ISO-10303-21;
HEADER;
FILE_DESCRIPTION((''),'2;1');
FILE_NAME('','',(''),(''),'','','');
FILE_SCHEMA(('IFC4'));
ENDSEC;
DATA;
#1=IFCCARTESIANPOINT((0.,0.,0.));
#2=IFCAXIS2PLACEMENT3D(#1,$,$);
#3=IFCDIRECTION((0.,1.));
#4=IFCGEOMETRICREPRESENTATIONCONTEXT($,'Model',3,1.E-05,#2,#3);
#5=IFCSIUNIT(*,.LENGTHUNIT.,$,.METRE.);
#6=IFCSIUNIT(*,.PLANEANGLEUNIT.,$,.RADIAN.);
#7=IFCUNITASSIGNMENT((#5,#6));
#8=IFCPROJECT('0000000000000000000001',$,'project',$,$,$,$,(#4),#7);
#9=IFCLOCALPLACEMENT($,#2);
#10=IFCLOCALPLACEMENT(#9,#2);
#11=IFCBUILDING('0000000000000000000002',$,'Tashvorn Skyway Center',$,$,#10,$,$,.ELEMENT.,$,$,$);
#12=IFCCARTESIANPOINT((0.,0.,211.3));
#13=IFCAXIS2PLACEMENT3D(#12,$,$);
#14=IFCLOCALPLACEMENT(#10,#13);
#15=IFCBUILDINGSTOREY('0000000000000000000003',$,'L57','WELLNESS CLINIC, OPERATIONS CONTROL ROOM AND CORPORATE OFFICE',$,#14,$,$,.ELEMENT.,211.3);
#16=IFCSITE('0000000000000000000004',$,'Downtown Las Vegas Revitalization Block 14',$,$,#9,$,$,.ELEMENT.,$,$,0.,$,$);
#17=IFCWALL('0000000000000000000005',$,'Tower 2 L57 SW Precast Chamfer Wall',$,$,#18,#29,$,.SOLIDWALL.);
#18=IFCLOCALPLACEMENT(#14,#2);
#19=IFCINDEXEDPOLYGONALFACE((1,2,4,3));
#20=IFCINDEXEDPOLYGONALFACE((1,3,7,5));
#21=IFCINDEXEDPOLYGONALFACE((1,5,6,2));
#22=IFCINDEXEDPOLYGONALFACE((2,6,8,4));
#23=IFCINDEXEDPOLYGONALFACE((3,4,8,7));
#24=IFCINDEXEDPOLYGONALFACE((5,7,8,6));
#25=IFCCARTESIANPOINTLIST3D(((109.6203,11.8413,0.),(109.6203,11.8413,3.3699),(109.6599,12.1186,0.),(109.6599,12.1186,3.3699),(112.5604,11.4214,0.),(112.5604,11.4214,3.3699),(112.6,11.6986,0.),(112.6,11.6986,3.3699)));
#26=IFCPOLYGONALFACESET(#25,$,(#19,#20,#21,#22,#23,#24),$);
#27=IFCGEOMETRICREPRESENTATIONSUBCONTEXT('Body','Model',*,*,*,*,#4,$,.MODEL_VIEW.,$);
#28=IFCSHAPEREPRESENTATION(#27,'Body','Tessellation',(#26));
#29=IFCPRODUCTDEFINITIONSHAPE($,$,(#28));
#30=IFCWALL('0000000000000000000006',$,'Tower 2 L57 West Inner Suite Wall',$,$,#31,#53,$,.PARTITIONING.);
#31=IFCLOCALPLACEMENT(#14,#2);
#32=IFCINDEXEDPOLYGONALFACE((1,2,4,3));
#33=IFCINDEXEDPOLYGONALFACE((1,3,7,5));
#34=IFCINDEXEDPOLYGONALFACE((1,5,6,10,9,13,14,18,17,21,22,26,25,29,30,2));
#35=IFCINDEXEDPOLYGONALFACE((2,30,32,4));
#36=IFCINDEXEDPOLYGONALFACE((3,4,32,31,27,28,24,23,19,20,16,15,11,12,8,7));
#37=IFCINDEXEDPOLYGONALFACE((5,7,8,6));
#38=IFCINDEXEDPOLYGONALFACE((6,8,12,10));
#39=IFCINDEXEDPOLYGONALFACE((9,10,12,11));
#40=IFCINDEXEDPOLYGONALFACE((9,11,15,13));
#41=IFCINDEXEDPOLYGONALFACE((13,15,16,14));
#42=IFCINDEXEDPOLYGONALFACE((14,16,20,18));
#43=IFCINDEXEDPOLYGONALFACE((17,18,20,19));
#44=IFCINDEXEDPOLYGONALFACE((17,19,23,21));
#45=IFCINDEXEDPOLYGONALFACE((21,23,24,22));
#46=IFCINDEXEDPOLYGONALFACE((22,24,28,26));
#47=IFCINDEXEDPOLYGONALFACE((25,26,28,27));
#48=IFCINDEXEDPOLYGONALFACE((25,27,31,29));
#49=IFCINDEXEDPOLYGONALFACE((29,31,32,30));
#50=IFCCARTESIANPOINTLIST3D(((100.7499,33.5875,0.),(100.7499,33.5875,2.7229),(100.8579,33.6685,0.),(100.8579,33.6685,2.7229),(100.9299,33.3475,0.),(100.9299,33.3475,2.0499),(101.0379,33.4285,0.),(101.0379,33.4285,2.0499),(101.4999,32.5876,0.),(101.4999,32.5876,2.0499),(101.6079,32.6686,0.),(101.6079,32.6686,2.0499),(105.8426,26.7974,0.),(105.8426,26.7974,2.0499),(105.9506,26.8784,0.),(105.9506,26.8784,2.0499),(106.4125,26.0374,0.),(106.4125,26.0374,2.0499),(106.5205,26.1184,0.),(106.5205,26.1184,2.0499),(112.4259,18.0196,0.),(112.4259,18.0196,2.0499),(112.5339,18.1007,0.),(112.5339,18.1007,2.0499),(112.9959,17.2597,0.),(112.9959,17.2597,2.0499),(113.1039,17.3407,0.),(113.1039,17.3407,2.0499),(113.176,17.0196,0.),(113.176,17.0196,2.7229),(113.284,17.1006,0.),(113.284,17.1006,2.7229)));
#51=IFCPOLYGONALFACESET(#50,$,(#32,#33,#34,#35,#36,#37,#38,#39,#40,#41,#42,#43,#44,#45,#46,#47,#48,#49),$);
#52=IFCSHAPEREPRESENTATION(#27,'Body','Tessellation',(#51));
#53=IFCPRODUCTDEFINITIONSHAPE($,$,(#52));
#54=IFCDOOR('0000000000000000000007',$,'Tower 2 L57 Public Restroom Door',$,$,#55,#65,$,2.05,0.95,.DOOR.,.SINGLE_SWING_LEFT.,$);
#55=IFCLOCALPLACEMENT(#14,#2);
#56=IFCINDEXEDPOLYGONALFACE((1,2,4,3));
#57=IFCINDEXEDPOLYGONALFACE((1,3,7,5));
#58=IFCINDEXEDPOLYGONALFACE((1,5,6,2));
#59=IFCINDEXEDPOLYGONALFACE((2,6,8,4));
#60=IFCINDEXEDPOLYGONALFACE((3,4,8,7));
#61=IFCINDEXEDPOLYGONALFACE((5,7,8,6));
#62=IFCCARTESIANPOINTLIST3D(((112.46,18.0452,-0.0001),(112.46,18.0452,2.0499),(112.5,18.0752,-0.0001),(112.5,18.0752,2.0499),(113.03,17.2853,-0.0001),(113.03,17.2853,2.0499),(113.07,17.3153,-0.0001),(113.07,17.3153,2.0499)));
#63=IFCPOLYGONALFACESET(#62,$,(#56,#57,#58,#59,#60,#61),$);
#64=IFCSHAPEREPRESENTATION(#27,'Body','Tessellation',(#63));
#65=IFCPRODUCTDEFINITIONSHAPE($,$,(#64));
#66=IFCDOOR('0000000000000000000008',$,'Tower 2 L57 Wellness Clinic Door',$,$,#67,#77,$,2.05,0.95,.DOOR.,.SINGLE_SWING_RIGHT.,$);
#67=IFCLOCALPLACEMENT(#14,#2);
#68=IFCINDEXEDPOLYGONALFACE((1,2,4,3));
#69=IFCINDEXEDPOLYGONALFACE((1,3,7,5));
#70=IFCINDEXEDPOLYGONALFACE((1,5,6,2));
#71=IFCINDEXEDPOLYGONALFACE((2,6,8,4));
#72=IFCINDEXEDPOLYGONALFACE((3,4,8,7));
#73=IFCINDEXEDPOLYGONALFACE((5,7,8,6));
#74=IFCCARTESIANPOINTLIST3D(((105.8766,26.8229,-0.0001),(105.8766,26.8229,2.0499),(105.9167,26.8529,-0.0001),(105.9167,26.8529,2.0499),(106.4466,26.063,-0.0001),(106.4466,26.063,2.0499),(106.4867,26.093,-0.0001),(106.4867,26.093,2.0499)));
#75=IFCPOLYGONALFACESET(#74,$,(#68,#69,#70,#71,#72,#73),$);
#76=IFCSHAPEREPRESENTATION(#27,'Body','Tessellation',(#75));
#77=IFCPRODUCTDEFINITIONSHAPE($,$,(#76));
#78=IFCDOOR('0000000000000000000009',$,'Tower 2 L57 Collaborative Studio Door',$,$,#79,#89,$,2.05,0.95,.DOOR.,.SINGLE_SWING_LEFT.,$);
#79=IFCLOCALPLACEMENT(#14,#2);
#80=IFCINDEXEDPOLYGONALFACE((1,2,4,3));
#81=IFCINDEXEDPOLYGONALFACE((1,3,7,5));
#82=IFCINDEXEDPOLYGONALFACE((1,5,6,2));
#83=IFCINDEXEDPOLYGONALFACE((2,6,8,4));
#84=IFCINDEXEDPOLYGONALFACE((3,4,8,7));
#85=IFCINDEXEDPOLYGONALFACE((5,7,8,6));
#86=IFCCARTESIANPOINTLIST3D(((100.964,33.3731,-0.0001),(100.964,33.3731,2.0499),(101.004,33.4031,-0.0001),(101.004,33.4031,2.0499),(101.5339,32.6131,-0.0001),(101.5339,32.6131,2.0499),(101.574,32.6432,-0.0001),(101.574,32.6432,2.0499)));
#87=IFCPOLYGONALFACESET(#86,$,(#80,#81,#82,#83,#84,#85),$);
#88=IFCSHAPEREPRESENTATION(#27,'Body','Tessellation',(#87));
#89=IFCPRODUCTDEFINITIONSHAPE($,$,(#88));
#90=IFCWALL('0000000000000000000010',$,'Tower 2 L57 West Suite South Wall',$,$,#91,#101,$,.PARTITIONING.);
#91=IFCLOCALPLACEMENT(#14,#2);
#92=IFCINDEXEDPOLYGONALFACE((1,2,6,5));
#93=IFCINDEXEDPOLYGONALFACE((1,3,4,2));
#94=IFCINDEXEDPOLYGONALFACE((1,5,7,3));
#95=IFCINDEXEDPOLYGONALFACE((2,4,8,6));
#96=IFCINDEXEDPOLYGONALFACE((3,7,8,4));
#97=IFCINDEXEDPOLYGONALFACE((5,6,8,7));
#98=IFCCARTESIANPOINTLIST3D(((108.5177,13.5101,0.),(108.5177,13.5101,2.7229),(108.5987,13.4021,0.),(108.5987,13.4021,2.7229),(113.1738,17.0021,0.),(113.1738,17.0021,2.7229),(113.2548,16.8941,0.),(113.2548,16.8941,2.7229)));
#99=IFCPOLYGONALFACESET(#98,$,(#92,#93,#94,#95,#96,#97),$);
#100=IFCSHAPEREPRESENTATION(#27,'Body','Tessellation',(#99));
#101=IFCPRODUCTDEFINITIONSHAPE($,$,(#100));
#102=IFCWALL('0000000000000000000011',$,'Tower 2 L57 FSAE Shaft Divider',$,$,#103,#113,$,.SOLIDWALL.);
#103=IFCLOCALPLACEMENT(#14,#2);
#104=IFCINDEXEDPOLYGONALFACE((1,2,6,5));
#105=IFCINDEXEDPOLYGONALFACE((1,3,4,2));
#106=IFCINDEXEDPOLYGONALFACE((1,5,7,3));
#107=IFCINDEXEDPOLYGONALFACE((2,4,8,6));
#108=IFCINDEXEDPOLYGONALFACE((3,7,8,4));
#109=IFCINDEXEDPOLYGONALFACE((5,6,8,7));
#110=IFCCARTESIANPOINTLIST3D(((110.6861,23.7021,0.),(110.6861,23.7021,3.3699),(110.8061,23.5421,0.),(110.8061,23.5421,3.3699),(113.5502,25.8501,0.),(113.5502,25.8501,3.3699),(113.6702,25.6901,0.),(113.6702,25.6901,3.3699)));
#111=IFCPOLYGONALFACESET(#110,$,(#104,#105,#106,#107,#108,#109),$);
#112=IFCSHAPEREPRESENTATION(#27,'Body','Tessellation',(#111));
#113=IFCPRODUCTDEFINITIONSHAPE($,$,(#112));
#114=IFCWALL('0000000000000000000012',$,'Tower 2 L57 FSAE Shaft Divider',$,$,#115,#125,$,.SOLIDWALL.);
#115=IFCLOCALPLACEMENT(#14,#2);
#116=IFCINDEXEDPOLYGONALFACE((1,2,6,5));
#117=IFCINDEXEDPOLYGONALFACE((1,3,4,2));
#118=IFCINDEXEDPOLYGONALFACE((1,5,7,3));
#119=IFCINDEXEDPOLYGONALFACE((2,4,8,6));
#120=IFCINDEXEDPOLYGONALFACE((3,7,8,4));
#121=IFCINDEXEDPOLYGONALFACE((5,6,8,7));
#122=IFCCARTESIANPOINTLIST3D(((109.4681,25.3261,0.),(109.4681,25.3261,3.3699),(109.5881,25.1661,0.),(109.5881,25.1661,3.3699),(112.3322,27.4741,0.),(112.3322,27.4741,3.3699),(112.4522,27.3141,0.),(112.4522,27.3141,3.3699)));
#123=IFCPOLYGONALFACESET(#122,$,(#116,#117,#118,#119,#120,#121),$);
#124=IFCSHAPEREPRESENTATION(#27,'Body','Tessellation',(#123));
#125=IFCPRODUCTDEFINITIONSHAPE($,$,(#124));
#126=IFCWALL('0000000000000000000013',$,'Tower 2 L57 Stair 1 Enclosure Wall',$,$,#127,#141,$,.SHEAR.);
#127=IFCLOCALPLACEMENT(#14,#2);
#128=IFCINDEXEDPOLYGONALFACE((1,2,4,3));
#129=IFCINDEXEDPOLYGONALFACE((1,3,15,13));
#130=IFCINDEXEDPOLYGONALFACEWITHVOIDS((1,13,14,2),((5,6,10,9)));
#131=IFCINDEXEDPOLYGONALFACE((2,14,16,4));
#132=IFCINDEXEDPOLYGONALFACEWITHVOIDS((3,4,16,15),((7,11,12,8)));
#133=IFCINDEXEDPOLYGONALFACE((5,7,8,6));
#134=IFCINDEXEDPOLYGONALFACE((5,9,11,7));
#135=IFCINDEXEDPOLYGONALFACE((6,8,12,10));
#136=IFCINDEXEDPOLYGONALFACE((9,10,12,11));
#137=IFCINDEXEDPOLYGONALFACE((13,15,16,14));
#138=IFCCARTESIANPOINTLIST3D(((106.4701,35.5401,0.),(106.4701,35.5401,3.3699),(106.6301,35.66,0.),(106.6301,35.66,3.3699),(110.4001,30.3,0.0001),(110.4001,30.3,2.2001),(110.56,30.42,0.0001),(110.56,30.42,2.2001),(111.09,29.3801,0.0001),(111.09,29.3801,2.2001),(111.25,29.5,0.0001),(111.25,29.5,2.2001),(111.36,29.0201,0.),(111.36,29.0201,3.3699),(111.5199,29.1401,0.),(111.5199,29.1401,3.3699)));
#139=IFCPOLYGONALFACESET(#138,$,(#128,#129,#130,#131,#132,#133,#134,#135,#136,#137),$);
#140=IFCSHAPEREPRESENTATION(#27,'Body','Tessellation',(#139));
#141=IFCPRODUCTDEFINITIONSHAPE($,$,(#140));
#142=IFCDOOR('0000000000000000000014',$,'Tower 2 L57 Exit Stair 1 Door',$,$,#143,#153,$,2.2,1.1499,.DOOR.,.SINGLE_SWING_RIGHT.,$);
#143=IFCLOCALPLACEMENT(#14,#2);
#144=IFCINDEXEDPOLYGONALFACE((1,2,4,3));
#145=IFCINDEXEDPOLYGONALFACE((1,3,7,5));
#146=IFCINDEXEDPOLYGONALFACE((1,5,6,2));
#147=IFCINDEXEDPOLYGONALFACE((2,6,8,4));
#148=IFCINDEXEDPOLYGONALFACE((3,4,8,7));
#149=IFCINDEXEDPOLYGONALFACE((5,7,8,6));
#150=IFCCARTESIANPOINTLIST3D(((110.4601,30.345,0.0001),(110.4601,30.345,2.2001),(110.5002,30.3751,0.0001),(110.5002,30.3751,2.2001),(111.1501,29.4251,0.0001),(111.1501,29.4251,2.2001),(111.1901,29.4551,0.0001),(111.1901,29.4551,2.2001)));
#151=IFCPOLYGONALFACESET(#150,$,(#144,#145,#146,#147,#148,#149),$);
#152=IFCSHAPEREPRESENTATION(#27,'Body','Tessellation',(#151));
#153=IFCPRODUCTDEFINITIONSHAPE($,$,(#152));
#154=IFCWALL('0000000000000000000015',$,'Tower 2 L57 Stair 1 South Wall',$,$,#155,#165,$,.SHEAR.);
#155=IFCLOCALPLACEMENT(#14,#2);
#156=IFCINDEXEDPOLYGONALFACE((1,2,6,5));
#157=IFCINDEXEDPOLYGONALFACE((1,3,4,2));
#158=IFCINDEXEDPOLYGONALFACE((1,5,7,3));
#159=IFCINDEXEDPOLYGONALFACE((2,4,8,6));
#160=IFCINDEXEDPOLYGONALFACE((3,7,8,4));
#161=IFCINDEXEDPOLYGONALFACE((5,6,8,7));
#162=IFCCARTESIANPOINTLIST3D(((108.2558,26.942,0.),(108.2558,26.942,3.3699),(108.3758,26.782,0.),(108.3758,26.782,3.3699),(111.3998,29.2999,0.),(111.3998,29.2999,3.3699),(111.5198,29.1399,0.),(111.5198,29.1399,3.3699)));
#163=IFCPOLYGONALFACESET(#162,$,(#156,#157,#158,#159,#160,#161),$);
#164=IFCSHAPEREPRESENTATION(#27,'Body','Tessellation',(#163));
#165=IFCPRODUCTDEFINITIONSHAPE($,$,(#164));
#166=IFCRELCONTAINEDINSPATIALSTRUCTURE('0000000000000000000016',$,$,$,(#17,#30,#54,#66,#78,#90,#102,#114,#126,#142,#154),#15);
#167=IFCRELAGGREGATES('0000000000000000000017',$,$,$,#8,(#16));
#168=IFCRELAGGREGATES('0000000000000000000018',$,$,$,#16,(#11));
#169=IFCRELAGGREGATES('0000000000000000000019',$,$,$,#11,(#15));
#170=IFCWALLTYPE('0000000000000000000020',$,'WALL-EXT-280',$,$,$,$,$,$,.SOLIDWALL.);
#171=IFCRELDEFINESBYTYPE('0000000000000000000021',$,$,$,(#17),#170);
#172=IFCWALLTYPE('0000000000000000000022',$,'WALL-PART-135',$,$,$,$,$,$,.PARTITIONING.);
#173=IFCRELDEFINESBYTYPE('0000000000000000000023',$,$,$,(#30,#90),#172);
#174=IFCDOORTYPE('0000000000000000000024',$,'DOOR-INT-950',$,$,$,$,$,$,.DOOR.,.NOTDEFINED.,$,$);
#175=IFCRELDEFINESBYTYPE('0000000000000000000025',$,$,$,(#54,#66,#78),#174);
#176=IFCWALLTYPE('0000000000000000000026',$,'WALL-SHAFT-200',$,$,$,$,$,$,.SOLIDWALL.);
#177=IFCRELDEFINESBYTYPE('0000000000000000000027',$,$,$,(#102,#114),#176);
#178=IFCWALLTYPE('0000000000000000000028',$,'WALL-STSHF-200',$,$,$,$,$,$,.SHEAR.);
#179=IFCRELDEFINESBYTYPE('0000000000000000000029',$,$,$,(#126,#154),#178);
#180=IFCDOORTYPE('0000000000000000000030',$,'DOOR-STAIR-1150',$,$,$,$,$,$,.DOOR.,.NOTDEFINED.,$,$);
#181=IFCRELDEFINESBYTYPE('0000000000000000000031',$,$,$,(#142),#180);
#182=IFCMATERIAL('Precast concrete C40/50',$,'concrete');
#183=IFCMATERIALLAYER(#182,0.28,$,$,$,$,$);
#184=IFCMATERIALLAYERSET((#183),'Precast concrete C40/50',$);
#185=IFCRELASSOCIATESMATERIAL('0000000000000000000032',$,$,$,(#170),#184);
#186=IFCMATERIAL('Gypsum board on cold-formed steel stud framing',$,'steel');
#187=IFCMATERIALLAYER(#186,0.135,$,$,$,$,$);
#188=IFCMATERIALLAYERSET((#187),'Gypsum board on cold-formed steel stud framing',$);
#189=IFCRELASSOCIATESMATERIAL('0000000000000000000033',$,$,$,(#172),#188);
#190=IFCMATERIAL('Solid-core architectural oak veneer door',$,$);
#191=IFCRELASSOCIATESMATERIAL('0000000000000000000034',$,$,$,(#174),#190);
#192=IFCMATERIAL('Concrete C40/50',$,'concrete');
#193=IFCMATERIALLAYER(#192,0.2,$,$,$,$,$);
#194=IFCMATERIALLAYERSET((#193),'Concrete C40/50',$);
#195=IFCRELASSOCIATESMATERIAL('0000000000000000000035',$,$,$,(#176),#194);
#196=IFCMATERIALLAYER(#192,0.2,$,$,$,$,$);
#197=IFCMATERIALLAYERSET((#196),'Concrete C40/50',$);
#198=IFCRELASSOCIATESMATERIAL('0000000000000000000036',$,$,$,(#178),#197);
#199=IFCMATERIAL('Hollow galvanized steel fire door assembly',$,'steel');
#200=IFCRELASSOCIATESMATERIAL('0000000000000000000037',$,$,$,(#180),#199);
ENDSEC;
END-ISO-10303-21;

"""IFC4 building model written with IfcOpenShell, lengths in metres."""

from ifc_helpers import new_model, si_unit, direction, frame, frame_2d, origin, place, context, subcontext, project, spatial, rectangle, extrude, material, layer, layer_set, type_object, element, fill, save


model = new_model("IFC4")

# Units and contexts
model_context = context("Model", 3, precision=1e-05, world=origin(), true_north=direction((0.0, 1.0)))
body_context = subcontext(model_context, "Body", "Model", "MODEL_VIEW")
ifc_project = project(units=[si_unit("LENGTHUNIT", "METRE"), si_unit("PLANEANGLEUNIT", "RADIAN")], contexts=[model_context])

# Site, building, storey
site_placement = place(None, origin())
site = spatial("IfcSite", under=ifc_project, at=site_placement, Name="Downtown Las Vegas Revitalization Block 14", CompositionType="ELEMENT", RefElevation=0.0)
building_placement = place(site_placement, origin())
building = spatial("IfcBuilding", under=site, at=building_placement, Name="Tashvorn Skyway Center", CompositionType="ELEMENT")
storey_placement = place(building_placement, frame((0.0, 0.0, 211.3)))
storey = spatial("IfcBuildingStorey", under=building, at=storey_placement, Name="L57", Description="WELLNESS CLINIC, OPERATIONS CONTROL ROOM AND CORPORATE OFFICE", CompositionType="ELEMENT", Elevation=211.3)

# Wall
ifc_material_1 = material(Name="Precast concrete C40/50", Category="concrete")
ifc_layer_1 = layer(ifc_material_1, 0.28)
ifc_layer_set_1 = layer_set([ifc_layer_1], Name="Precast concrete C40/50")
wall_type_1 = type_object("IfcWallType", Name="WALL-EXT-280", PredefinedType="SOLIDWALL", material=ifc_layer_set_1)
wall_1_placement = place(storey_placement, frame((112.5801, 11.5601, 0.0), z_axis=(0.0, 0.0, 1.0), x_axis=(-0.989954, 0.141387, 0.0)))
element("IfcWall", 1, at=wall_1_placement, inside=storey, type_object=wall_type_1, Name="Tower 2 L57 SW Precast Chamfer Wall", PredefinedType="SOLIDWALL", context=body_context, shape_type="SweptSolid", body=[
    extrude(rectangle(XDim=2.97, YDim=0.28, at=frame_2d((1.4849, 0.0))), origin(), (0.0, 0.0, 1.0), 3.3699),
])

# Wall, openings, doors
ifc_material_2 = material(Name="Gypsum board on cold-formed steel stud framing", Category="steel")
ifc_layer_2 = layer(ifc_material_2, 0.135)
ifc_layer_set_2 = layer_set([ifc_layer_2], Name="Gypsum board on cold-formed steel stud framing")
wall_type_2 = type_object("IfcWallType", Name="WALL-PART-135", PredefinedType="PARTITIONING", material=ifc_layer_set_2)
wall_2_placement = place(storey_placement, frame((113.23, 17.0601, 0.0), z_axis=(0.0, 0.0, 1.0), x_axis=(-0.600004, 0.799997, 0.0)))
wall_2 = element("IfcWall", 2, at=wall_2_placement, inside=storey, type_object=wall_type_2, Name="Tower 2 L57 West Inner Suite Wall", PredefinedType="PARTITIONING", context=body_context, shape_type="SweptSolid", body=[
    extrude(rectangle(XDim=20.71, YDim=0.135, at=frame_2d((10.355, 0.0))), origin(), (0.0, 0.0, 1.0), 2.7229),
])
opening_1_placement = place(wall_2_placement, frame((0.3, 0.0, 0.0)))
opening_1 = element("IfcOpeningElement", 3, at=opening_1_placement, cuts=wall_2, PredefinedType="OPENING", context=body_context, shape_type="SweptSolid", body=[
    extrude(rectangle(XDim=0.95, YDim=2.05, at=frame_2d((0.4751, 1.0249))), frame((0.0, 0.0774, 0.0), z_axis=(0.0, -1.0, 0.0), x_axis=(1.0, 0.0, 0.0)), (0.0, 0.0, 1.0), 0.155),
])
opening_2_placement = place(wall_2_placement, frame((11.2722, 0.0, 0.0)))
opening_2 = element("IfcOpeningElement", 4, at=opening_2_placement, cuts=wall_2, PredefinedType="OPENING", context=body_context, shape_type="SweptSolid", body=[
    extrude(rectangle(XDim=0.95, YDim=2.05, at=frame_2d((0.4751, 1.0249))), frame((0.0, 0.0774, 0.0), z_axis=(0.0, -1.0, 0.0), x_axis=(1.0, 0.0, 0.0)), (0.0, 0.0, 1.0), 0.155),
])
opening_3_placement = place(wall_2_placement, frame((19.46, 0.0, 0.0)))
opening_3 = element("IfcOpeningElement", 5, at=opening_3_placement, cuts=wall_2, PredefinedType="OPENING", context=body_context, shape_type="SweptSolid", body=[
    extrude(rectangle(XDim=0.95, YDim=2.05, at=frame_2d((0.4751, 1.0249))), frame((0.0, 0.0774, 0.0), z_axis=(0.0, -1.0, 0.0), x_axis=(1.0, 0.0, 0.0)), (0.0, 0.0, 1.0), 0.155),
])
ifc_material_3 = material(Name="Solid-core architectural oak veneer door")
door_type_1 = type_object("IfcDoorType", Name="DOOR-INT-950", OperationType="NOTDEFINED", PredefinedType="DOOR", material=ifc_material_3)
door_1_placement = place(opening_1_placement, origin())
door_1 = element("IfcDoor", 6, at=door_1_placement, inside=storey, type_object=door_type_1, Name="Tower 2 L57 Public Restroom Door", OperationType="SINGLE_SWING_LEFT", OverallHeight=2.05, OverallWidth=0.95, PredefinedType="DOOR", context=body_context, shape_type="SweptSolid", body=[
    extrude(rectangle(XDim=0.95, YDim=2.05, at=frame_2d((0.4751, 1.0249))), frame((0.0, 0.0249, 0.0), z_axis=(0.0, -1.0, 0.0), x_axis=(1.0, 0.0, 0.0)), (0.0, 0.0, 1.0), 0.05),
])
fill(opening_1, door_1)
door_2_placement = place(opening_2_placement, origin())
door_2 = element("IfcDoor", 7, at=door_2_placement, inside=storey, type_object=door_type_1, Name="Tower 2 L57 Wellness Clinic Door", OperationType="SINGLE_SWING_RIGHT", OverallHeight=2.05, OverallWidth=0.95, PredefinedType="DOOR", context=body_context, shape_type="SweptSolid", body=[
    extrude(rectangle(XDim=0.95, YDim=2.05, at=frame_2d((0.4751, 1.0249))), frame((0.0, 0.0249, 0.0), z_axis=(0.0, -1.0, 0.0), x_axis=(1.0, 0.0, 0.0)), (0.0, 0.0, 1.0), 0.05),
])
fill(opening_2, door_2)
door_3_placement = place(opening_3_placement, origin())
door_3 = element("IfcDoor", 8, at=door_3_placement, inside=storey, type_object=door_type_1, Name="Tower 2 L57 Collaborative Studio Door", OperationType="SINGLE_SWING_LEFT", OverallHeight=2.05, OverallWidth=0.95, PredefinedType="DOOR", context=body_context, shape_type="SweptSolid", body=[
    extrude(rectangle(XDim=0.95, YDim=2.05, at=frame_2d((0.4751, 1.0249))), frame((0.0, 0.0249, 0.0), z_axis=(0.0, -1.0, 0.0), x_axis=(1.0, 0.0, 0.0)), (0.0, 0.0, 1.0), 0.05),
])
fill(opening_3, door_3)

# Walls
wall_3_placement = place(storey_placement, frame((108.5581, 13.4561, 0.0), z_axis=(0.0, 0.0, 1.0), x_axis=(0.800005, 0.599993, 0.0)))
element("IfcWall", 9, at=wall_3_placement, inside=storey, type_object=wall_type_2, Name="Tower 2 L57 West Suite South Wall", PredefinedType="PARTITIONING", context=body_context, shape_type="SweptSolid", body=[
    extrude(rectangle(XDim=5.8201, YDim=0.135, at=frame_2d((2.9102, 0.0))), origin(), (0.0, 0.0, 1.0), 2.7229),
])
ifc_material_4 = material(Name="Concrete C40/50", Category="concrete")
ifc_layer_3 = layer(ifc_material_4, 0.2)
ifc_layer_set_3 = layer_set([ifc_layer_3], Name="Concrete C40/50")
wall_type_3 = type_object("IfcWallType", Name="WALL-SHAFT-200", PredefinedType="SOLIDWALL", material=ifc_layer_set_3)
for number, where, z_axis, x_axis, name in (
    (10, (110.7461, 23.6221, 0.0), (0.0, 0.0, 1.0), (0.800008, 0.599989, 0.0), "Tower 2 L57 FSAE Shaft Divider"),
    (11, (109.5281, 25.2461, 0.0), (0.0, 0.0, 1.0), (0.800008, 0.599989, 0.0), "Tower 2 L57 FSAE Shaft Divider"),
):
    element("IfcWall", number, at=place(storey_placement, frame(where, z_axis=z_axis, x_axis=x_axis)), inside=storey, type_object=wall_type_3, Name=name, PredefinedType="SOLIDWALL", context=body_context, shape_type="SweptSolid", body=[
        extrude(rectangle(XDim=3.5801, YDim=0.2, at=frame_2d((1.79, 0.0))), origin(), (0.0, 0.0, 1.0), 3.3699),
    ])

# Wall, opening, door
ifc_layer_4 = layer(ifc_material_4, 0.2)
ifc_layer_set_4 = layer_set([ifc_layer_4], Name="Concrete C40/50")
wall_type_4 = type_object("IfcWallType", Name="WALL-STSHF-200", PredefinedType="SHEAR", material=ifc_layer_set_4)
wall_4_placement = place(storey_placement, frame((111.4399, 29.0801, 0.0), z_axis=(0.0, 0.0, 1.0), x_axis=(-0.59999, 0.800007, 0.0)))
wall_4 = element("IfcWall", 12, at=wall_4_placement, inside=storey, type_object=wall_type_4, Name="Tower 2 L57 Stair 1 Enclosure Wall", PredefinedType="SHEAR", context=body_context, shape_type="SweptSolid", body=[
    extrude(rectangle(XDim=8.1499, YDim=0.2, at=frame_2d((4.075, 0.0))), origin(), (0.0, 0.0, 1.0), 3.3699),
])
opening_4_placement = place(wall_4_placement, frame((0.45, 0.0, 0.0)))
opening_4 = element("IfcOpeningElement", 13, at=opening_4_placement, cuts=wall_4, PredefinedType="OPENING", context=body_context, shape_type="SweptSolid", body=[
    extrude(rectangle(XDim=1.1499, YDim=2.2, at=frame_2d((0.575, 1.1001))), frame((0.0, 0.1099, 0.0), z_axis=(0.0, -1.0, 0.0), x_axis=(1.0, 0.0, 0.0)), (0.0, 0.0, 1.0), 0.22),
])
ifc_material_5 = material(Name="Hollow galvanized steel fire door assembly", Category="steel")
door_type_2 = type_object("IfcDoorType", Name="DOOR-STAIR-1150", OperationType="NOTDEFINED", PredefinedType="DOOR", material=ifc_material_5)
door_4_placement = place(opening_4_placement, origin())
door_4 = element("IfcDoor", 14, at=door_4_placement, inside=storey, type_object=door_type_2, Name="Tower 2 L57 Exit Stair 1 Door", OperationType="SINGLE_SWING_RIGHT", OverallHeight=2.2, OverallWidth=1.1499, PredefinedType="DOOR", context=body_context, shape_type="SweptSolid", body=[
    extrude(rectangle(XDim=1.1499, YDim=2.2, at=frame_2d((0.575, 1.1001))), frame((0.0, 0.0249, 0.0), z_axis=(0.0, -1.0, 0.0), x_axis=(1.0, 0.0, 0.0)), (0.0, 0.0, 1.0), 0.05),
])
fill(opening_4, door_4)

# Wall
wall_5_placement = place(storey_placement, frame((108.3159, 26.8621, 0.0), z_axis=(0.0, 0.0, 1.0), x_axis=(0.800015, 0.59998, 0.0)))
element("IfcWall", 15, at=wall_5_placement, inside=storey, type_object=wall_type_4, Name="Tower 2 L57 Stair 1 South Wall", PredefinedType="SHEAR", context=body_context, shape_type="SweptSolid", body=[
    extrude(rectangle(XDim=3.9299, YDim=0.2, at=frame_2d((1.9648, 0.0))), origin(), (0.0, 0.0, 1.0), 3.3699),
])

save(model, "model.ifc")
